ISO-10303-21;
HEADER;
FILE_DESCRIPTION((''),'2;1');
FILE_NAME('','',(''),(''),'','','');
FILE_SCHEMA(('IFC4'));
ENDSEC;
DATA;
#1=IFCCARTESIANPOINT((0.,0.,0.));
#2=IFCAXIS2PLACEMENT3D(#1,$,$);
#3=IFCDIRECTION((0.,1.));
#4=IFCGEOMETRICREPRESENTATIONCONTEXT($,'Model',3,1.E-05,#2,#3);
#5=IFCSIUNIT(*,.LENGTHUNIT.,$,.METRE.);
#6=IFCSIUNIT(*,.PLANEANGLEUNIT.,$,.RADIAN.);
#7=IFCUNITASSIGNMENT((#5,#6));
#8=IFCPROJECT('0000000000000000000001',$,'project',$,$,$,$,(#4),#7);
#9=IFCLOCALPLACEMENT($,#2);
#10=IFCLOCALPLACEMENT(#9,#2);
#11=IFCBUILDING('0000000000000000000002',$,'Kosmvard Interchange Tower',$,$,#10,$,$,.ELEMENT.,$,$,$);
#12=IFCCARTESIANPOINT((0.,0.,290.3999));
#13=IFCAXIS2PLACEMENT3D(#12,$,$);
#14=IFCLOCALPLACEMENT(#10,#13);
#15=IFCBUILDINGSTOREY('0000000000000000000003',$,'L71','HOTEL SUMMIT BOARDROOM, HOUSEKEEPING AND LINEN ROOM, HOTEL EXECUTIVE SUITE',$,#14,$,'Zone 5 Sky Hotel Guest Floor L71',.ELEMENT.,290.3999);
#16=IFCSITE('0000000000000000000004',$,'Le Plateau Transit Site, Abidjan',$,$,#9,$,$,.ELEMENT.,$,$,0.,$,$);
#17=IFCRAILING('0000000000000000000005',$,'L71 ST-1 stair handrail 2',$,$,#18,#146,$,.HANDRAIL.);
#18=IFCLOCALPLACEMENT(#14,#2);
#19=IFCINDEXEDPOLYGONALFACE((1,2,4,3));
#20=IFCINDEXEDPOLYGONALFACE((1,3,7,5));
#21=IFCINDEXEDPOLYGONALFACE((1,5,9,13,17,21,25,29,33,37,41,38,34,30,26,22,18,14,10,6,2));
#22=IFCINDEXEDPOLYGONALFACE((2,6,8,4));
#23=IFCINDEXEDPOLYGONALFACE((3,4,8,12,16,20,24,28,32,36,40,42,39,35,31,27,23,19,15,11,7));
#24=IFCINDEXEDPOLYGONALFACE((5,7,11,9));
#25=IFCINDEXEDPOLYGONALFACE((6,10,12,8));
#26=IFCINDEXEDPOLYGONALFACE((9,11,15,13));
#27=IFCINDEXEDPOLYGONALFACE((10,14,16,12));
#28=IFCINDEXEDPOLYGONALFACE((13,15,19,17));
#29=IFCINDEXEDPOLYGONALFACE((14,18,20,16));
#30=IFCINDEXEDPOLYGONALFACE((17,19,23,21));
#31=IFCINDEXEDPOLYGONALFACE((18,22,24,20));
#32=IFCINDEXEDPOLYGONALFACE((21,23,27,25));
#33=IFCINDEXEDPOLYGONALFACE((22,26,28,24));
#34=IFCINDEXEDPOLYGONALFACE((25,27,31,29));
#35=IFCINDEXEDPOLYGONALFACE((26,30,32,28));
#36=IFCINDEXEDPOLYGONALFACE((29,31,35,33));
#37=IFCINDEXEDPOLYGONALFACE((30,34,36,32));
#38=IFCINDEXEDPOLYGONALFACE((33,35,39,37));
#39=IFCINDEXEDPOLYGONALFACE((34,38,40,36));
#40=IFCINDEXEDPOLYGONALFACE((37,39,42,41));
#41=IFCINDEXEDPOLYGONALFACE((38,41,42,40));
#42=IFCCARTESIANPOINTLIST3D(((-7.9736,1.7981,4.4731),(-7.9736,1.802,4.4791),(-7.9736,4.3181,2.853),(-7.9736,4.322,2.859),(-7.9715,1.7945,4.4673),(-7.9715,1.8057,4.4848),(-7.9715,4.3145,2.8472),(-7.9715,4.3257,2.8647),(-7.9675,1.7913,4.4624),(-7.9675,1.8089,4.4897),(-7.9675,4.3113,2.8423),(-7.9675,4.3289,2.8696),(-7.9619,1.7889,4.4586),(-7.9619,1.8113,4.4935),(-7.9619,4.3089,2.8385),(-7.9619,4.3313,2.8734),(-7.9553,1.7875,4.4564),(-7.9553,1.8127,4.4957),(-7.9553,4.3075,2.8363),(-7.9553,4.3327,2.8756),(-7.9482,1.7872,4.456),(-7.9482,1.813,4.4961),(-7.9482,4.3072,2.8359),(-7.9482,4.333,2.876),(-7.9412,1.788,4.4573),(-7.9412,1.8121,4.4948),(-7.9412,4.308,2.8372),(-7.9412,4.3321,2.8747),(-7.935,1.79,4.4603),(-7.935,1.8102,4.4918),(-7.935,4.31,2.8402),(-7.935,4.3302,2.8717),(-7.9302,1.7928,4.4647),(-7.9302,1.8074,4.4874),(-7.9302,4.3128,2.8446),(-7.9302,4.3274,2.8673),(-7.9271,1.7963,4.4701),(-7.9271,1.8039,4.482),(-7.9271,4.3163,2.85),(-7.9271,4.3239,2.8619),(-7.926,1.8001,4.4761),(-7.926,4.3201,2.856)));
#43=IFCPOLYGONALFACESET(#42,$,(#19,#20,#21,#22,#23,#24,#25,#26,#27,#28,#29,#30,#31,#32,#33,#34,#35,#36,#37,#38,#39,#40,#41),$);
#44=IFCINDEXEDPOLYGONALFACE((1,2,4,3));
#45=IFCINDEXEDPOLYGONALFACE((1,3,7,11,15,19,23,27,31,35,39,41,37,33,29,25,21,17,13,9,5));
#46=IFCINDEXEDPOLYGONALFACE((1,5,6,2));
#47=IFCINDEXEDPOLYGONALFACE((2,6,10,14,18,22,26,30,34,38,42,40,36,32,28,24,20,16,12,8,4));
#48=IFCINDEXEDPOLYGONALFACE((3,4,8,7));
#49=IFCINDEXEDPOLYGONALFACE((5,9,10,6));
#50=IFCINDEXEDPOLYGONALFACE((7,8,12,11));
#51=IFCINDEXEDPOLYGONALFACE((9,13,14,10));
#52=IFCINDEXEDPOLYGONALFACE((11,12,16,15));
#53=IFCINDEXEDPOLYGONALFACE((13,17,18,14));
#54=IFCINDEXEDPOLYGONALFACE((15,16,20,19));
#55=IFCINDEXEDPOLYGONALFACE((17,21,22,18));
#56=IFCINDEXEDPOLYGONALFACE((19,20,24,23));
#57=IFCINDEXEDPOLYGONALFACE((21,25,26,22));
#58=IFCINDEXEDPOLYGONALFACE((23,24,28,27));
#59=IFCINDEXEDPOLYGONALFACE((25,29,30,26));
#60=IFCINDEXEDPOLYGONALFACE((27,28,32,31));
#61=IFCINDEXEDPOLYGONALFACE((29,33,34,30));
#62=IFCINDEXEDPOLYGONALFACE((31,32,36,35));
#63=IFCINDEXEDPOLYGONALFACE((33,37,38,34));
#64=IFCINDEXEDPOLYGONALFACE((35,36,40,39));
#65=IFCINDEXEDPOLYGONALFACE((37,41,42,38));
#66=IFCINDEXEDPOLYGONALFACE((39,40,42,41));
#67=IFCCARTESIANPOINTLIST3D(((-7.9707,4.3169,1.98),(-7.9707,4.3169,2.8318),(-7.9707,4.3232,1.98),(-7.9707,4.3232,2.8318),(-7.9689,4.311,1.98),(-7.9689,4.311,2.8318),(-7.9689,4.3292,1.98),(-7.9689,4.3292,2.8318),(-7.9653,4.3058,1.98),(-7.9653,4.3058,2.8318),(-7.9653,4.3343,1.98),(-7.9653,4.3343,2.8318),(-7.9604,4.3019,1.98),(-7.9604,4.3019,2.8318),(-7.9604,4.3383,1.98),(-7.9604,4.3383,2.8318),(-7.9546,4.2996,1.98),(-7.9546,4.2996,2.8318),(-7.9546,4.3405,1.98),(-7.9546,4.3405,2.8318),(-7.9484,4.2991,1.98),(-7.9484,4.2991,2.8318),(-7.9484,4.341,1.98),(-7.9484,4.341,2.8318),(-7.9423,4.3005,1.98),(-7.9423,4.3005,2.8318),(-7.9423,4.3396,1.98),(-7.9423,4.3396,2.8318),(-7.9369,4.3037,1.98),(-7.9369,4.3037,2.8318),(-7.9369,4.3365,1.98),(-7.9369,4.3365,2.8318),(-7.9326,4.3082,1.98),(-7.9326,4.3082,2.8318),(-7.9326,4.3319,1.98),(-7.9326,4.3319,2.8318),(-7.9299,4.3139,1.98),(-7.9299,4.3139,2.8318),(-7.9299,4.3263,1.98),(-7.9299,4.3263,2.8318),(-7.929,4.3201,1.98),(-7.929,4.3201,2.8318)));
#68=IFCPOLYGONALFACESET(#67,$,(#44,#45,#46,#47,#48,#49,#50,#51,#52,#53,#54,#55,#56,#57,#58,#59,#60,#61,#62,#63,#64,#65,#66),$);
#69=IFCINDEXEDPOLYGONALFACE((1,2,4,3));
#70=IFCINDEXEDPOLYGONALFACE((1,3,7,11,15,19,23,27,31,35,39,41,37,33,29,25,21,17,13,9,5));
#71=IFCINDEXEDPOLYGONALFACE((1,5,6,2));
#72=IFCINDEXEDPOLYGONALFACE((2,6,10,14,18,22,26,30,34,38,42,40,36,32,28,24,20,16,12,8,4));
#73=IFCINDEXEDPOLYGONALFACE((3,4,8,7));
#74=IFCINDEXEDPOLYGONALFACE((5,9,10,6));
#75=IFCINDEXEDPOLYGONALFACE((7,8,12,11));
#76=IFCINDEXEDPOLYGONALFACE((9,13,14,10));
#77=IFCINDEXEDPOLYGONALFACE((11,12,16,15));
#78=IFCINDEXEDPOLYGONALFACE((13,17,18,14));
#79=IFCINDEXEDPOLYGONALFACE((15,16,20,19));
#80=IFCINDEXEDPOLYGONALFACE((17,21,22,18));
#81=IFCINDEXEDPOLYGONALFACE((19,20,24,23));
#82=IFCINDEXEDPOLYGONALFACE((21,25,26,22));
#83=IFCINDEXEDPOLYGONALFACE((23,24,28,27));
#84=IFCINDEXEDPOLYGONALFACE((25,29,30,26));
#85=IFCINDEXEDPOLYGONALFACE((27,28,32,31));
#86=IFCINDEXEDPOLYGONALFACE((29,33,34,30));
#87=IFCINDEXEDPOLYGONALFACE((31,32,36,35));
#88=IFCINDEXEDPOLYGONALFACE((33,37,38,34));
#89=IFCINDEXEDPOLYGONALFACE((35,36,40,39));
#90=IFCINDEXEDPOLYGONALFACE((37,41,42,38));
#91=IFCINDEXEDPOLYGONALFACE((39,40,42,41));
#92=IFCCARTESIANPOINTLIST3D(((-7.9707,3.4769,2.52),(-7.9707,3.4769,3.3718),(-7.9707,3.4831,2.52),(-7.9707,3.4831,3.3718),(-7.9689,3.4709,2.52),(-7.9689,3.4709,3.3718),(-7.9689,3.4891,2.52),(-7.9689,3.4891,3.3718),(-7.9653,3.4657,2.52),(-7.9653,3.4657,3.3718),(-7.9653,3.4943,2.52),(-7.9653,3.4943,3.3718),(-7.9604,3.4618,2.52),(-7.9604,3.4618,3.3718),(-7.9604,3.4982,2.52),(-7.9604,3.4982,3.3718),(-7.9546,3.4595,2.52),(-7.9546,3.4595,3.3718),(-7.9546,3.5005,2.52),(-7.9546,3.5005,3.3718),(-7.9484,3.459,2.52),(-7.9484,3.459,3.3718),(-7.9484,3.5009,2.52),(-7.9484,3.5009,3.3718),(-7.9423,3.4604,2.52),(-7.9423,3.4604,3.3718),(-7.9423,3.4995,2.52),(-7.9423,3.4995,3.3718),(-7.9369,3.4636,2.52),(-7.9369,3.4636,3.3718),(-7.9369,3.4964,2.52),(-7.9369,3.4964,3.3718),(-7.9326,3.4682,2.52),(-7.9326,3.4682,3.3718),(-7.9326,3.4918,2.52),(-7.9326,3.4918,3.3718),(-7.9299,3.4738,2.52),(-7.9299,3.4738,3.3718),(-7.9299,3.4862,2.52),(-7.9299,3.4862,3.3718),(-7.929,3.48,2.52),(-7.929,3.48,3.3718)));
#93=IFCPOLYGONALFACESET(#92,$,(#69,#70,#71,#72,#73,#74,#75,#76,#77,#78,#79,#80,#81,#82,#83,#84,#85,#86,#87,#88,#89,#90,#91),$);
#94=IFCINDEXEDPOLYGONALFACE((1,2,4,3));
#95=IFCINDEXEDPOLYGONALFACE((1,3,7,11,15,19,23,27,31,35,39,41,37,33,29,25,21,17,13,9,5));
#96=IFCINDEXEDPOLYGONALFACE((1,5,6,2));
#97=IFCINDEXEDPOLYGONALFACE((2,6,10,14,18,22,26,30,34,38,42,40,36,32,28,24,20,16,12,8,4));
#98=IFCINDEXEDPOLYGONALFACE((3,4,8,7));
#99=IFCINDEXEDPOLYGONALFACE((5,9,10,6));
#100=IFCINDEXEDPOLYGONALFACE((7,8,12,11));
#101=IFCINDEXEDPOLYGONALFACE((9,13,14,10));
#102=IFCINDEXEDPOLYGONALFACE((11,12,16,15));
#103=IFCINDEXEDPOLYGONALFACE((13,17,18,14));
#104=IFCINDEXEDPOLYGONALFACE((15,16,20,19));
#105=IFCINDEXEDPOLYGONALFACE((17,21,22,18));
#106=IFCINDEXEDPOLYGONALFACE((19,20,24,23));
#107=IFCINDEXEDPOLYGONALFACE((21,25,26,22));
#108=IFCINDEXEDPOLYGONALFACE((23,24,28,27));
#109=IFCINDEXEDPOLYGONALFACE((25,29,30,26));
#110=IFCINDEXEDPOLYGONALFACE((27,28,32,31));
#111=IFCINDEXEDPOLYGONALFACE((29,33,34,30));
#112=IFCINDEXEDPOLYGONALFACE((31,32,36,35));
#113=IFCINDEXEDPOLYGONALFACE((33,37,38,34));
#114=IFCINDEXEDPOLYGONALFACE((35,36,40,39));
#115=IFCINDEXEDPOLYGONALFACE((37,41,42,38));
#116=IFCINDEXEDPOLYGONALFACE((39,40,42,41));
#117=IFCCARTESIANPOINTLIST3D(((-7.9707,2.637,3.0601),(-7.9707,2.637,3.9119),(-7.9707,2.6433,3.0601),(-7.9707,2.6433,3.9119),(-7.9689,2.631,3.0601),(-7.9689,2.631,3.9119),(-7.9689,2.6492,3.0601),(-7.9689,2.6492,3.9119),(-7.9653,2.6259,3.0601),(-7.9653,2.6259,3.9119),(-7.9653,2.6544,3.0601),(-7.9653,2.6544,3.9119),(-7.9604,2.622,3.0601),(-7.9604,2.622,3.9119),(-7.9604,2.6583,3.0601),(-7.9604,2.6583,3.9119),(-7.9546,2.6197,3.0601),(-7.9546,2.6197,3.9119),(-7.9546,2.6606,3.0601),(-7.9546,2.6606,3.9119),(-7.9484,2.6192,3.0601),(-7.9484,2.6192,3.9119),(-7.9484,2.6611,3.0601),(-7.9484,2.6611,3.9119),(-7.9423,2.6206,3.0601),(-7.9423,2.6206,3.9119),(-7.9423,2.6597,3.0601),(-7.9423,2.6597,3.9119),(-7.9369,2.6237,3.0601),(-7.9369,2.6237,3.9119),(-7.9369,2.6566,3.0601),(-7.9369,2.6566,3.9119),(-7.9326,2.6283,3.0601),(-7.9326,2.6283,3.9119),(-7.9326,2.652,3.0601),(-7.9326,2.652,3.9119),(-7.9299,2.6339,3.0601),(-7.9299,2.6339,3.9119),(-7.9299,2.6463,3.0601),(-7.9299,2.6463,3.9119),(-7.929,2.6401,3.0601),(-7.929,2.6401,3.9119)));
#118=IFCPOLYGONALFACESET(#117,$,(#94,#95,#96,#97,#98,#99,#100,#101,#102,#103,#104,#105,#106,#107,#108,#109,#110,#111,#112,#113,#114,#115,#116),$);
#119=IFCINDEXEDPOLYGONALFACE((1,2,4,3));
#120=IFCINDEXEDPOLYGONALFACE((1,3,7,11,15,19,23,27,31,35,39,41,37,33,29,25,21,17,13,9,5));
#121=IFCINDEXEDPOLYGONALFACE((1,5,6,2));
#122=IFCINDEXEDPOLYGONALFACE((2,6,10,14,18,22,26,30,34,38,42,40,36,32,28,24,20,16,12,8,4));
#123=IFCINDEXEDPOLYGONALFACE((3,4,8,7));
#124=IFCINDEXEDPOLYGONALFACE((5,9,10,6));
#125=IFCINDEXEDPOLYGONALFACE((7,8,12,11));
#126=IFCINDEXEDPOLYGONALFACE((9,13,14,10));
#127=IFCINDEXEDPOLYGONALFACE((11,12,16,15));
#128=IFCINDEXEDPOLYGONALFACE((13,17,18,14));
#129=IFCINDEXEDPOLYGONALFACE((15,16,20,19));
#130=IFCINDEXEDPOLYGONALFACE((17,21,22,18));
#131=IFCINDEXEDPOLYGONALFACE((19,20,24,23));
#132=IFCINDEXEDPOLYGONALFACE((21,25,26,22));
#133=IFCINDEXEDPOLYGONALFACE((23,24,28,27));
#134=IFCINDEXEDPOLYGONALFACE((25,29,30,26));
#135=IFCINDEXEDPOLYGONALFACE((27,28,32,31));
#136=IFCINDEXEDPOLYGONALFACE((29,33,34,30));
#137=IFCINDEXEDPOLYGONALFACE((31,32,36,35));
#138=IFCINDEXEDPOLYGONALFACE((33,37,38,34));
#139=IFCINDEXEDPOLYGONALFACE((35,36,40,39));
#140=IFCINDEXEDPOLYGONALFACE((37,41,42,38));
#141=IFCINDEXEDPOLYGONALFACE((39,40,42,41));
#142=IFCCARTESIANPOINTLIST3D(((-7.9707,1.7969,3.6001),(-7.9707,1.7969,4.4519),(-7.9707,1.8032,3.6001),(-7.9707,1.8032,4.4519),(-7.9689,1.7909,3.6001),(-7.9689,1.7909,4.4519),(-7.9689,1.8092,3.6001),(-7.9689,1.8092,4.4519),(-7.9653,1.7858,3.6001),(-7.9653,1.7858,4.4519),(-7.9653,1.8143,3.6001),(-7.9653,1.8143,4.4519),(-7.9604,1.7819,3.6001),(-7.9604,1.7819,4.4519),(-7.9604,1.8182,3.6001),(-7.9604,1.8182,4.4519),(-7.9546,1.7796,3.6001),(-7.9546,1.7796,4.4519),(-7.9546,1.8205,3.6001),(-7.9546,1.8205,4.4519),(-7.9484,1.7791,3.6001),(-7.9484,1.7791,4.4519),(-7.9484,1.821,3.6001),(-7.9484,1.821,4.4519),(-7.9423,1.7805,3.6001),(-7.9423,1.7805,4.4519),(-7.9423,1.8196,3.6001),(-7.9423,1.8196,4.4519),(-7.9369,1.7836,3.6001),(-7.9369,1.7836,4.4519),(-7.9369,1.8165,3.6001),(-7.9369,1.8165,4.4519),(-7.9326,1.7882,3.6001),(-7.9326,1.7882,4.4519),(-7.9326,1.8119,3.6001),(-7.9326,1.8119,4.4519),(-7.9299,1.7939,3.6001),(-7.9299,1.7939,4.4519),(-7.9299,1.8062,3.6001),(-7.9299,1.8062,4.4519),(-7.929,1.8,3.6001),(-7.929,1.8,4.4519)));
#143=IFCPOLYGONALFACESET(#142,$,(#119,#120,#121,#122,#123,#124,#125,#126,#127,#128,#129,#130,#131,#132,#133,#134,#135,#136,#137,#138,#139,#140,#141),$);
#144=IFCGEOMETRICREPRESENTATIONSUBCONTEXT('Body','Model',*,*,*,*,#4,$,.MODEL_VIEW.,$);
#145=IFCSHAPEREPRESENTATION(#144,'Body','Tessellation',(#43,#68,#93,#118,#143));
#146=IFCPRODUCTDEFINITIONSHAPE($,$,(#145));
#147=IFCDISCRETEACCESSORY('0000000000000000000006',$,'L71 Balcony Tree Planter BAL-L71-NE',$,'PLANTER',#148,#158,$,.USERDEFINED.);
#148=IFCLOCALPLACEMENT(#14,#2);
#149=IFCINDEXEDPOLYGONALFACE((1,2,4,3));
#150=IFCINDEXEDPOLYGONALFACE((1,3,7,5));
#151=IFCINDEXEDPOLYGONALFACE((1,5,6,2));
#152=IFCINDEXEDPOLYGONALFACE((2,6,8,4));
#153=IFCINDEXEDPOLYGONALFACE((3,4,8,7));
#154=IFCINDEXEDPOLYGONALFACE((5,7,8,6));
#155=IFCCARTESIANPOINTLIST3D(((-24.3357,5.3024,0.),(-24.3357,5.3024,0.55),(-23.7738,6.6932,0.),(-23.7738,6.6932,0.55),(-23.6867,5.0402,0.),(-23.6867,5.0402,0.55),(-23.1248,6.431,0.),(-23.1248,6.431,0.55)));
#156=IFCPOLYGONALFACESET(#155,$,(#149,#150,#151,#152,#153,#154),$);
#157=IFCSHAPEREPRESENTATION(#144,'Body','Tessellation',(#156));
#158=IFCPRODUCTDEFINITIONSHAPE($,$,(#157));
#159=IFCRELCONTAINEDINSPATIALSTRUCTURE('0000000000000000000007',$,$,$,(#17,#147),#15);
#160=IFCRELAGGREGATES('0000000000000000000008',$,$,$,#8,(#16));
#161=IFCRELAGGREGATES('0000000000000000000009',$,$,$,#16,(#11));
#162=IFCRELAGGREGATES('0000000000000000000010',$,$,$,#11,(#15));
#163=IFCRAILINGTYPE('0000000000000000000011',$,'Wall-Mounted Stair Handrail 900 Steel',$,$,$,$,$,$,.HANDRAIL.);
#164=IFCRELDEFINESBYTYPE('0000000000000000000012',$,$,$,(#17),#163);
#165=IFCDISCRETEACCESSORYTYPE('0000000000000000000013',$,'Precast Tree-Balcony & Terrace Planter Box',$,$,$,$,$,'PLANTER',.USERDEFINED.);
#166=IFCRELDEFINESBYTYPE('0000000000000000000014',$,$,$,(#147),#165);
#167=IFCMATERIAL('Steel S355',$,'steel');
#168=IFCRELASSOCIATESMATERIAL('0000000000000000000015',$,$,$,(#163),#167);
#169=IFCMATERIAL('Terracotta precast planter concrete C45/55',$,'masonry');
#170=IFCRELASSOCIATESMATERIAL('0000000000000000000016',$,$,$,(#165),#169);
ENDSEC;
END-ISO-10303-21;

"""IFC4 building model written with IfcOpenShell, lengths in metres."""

from ifc_helpers import new_model, si_unit, direction, frame, origin, origin_2d, place, context, subcontext, project, spatial, rectangle, circle, extrude, source, transform, mapped, material, type_object, element, save


model = new_model("IFC4")

# Units and contexts
model_context = context("Model", 3, precision=1e-05, world=origin(), true_north=direction((0.0, 1.0)))
body_context = subcontext(model_context, "Body", "Model", "MODEL_VIEW")
ifc_project = project(units=[si_unit("LENGTHUNIT", "METRE"), si_unit("PLANEANGLEUNIT", "RADIAN")], contexts=[model_context])

# Site, building, storey
site_placement = place(None, origin())
site = spatial("IfcSite", under=ifc_project, at=site_placement, Name="Le Plateau Transit Site, Abidjan", CompositionType="ELEMENT", RefElevation=0.0)
building_placement = place(site_placement, origin())
building = spatial("IfcBuilding", under=site, at=building_placement, Name="Kosmvard Interchange Tower", CompositionType="ELEMENT")
storey_placement = place(building_placement, frame((0.0, 0.0, 290.3999)))
storey = spatial("IfcBuildingStorey", under=building, at=storey_placement, Name="L71", Description="HOTEL SUMMIT BOARDROOM, HOUSEKEEPING AND LINEN ROOM, HOTEL EXECUTIVE SUITE", LongName="Zone 5 Sky Hotel Guest Floor L71", CompositionType="ELEMENT", Elevation=290.3999)

# Shared definitions
ifc_material_1 = material(Name="Steel S355", Category="steel")

# Railing
railing_type_1 = type_object("IfcRailingType", Name="Wall-Mounted Stair Handrail 900 Steel", PredefinedType="HANDRAIL", material=ifc_material_1)
shared_shape_1 = source(origin(), body_context, "Body", "SweptSolid", [
    extrude(circle(Radius=0.0239, at=origin_2d()), frame((0.0, 0.0, 0.876), z_axis=(0.0, -0.841163, 0.540782), x_axis=(1.0, 0.0, 0.0)), (0.0, 0.0, 1.0), 2.9958),
    extrude(circle(Radius=0.021, at=origin_2d()), origin(), (0.0, 0.0, 1.0), 0.8518),
    extrude(circle(Radius=0.021, at=origin_2d()), frame((0.0, -0.8401, 0.54)), (0.0, 0.0, 1.0), 0.8518),
    extrude(circle(Radius=0.021, at=origin_2d()), frame((0.0, -1.6799, 1.0801)), (0.0, 0.0, 1.0), 0.8518),
    extrude(circle(Radius=0.021, at=origin_2d()), frame((0.0, -2.52, 1.6201)), (0.0, 0.0, 1.0), 0.8518),
])
railing_1_placement = place(storey_placement, frame((-7.95, 4.3201, 1.98)))
element("IfcRailing", 1, at=railing_1_placement, inside=storey, type_object=railing_type_1, Name="L71 ST-1 stair handrail 2", PredefinedType="HANDRAIL", context=body_context, shape_type="MappedRepresentation", body=[
    mapped(shared_shape_1, transform((0.0, 0.0, 0.0), scale=1.0)),
])

# Discrete accessory
ifc_material_2 = material(Name="Terracotta precast planter concrete C45/55", Category="masonry")
discrete_accessory_type = type_object("IfcDiscreteAccessoryType", Name="Precast Tree-Balcony & Terrace Planter Box", ElementType="PLANTER", PredefinedType="USERDEFINED", material=ifc_material_2)
shared_shape_2 = source(origin(), body_context, "Body", "SweptSolid", [
    extrude(rectangle(XDim=1.5, YDim=0.7, at=origin_2d()), origin(), (0.0, 0.0, 1.0), 0.55),
])
discrete_accessory_placement = place(storey_placement, frame((-23.7302, 5.8667, 0.0), z_axis=(0.0, 0.0, 1.0), x_axis=(0.374607, 0.927184, 0.0)))
element("IfcDiscreteAccessory", 2, at=discrete_accessory_placement, inside=storey, type_object=discrete_accessory_type, Name="L71 Balcony Tree Planter BAL-L71-NE", ObjectType="PLANTER", PredefinedType="USERDEFINED", context=body_context, shape_type="MappedRepresentation", body=[
    mapped(shared_shape_2, transform((0.0, 0.0, 0.0), scale=1.0)),
])

save(model, "model.ifc")
